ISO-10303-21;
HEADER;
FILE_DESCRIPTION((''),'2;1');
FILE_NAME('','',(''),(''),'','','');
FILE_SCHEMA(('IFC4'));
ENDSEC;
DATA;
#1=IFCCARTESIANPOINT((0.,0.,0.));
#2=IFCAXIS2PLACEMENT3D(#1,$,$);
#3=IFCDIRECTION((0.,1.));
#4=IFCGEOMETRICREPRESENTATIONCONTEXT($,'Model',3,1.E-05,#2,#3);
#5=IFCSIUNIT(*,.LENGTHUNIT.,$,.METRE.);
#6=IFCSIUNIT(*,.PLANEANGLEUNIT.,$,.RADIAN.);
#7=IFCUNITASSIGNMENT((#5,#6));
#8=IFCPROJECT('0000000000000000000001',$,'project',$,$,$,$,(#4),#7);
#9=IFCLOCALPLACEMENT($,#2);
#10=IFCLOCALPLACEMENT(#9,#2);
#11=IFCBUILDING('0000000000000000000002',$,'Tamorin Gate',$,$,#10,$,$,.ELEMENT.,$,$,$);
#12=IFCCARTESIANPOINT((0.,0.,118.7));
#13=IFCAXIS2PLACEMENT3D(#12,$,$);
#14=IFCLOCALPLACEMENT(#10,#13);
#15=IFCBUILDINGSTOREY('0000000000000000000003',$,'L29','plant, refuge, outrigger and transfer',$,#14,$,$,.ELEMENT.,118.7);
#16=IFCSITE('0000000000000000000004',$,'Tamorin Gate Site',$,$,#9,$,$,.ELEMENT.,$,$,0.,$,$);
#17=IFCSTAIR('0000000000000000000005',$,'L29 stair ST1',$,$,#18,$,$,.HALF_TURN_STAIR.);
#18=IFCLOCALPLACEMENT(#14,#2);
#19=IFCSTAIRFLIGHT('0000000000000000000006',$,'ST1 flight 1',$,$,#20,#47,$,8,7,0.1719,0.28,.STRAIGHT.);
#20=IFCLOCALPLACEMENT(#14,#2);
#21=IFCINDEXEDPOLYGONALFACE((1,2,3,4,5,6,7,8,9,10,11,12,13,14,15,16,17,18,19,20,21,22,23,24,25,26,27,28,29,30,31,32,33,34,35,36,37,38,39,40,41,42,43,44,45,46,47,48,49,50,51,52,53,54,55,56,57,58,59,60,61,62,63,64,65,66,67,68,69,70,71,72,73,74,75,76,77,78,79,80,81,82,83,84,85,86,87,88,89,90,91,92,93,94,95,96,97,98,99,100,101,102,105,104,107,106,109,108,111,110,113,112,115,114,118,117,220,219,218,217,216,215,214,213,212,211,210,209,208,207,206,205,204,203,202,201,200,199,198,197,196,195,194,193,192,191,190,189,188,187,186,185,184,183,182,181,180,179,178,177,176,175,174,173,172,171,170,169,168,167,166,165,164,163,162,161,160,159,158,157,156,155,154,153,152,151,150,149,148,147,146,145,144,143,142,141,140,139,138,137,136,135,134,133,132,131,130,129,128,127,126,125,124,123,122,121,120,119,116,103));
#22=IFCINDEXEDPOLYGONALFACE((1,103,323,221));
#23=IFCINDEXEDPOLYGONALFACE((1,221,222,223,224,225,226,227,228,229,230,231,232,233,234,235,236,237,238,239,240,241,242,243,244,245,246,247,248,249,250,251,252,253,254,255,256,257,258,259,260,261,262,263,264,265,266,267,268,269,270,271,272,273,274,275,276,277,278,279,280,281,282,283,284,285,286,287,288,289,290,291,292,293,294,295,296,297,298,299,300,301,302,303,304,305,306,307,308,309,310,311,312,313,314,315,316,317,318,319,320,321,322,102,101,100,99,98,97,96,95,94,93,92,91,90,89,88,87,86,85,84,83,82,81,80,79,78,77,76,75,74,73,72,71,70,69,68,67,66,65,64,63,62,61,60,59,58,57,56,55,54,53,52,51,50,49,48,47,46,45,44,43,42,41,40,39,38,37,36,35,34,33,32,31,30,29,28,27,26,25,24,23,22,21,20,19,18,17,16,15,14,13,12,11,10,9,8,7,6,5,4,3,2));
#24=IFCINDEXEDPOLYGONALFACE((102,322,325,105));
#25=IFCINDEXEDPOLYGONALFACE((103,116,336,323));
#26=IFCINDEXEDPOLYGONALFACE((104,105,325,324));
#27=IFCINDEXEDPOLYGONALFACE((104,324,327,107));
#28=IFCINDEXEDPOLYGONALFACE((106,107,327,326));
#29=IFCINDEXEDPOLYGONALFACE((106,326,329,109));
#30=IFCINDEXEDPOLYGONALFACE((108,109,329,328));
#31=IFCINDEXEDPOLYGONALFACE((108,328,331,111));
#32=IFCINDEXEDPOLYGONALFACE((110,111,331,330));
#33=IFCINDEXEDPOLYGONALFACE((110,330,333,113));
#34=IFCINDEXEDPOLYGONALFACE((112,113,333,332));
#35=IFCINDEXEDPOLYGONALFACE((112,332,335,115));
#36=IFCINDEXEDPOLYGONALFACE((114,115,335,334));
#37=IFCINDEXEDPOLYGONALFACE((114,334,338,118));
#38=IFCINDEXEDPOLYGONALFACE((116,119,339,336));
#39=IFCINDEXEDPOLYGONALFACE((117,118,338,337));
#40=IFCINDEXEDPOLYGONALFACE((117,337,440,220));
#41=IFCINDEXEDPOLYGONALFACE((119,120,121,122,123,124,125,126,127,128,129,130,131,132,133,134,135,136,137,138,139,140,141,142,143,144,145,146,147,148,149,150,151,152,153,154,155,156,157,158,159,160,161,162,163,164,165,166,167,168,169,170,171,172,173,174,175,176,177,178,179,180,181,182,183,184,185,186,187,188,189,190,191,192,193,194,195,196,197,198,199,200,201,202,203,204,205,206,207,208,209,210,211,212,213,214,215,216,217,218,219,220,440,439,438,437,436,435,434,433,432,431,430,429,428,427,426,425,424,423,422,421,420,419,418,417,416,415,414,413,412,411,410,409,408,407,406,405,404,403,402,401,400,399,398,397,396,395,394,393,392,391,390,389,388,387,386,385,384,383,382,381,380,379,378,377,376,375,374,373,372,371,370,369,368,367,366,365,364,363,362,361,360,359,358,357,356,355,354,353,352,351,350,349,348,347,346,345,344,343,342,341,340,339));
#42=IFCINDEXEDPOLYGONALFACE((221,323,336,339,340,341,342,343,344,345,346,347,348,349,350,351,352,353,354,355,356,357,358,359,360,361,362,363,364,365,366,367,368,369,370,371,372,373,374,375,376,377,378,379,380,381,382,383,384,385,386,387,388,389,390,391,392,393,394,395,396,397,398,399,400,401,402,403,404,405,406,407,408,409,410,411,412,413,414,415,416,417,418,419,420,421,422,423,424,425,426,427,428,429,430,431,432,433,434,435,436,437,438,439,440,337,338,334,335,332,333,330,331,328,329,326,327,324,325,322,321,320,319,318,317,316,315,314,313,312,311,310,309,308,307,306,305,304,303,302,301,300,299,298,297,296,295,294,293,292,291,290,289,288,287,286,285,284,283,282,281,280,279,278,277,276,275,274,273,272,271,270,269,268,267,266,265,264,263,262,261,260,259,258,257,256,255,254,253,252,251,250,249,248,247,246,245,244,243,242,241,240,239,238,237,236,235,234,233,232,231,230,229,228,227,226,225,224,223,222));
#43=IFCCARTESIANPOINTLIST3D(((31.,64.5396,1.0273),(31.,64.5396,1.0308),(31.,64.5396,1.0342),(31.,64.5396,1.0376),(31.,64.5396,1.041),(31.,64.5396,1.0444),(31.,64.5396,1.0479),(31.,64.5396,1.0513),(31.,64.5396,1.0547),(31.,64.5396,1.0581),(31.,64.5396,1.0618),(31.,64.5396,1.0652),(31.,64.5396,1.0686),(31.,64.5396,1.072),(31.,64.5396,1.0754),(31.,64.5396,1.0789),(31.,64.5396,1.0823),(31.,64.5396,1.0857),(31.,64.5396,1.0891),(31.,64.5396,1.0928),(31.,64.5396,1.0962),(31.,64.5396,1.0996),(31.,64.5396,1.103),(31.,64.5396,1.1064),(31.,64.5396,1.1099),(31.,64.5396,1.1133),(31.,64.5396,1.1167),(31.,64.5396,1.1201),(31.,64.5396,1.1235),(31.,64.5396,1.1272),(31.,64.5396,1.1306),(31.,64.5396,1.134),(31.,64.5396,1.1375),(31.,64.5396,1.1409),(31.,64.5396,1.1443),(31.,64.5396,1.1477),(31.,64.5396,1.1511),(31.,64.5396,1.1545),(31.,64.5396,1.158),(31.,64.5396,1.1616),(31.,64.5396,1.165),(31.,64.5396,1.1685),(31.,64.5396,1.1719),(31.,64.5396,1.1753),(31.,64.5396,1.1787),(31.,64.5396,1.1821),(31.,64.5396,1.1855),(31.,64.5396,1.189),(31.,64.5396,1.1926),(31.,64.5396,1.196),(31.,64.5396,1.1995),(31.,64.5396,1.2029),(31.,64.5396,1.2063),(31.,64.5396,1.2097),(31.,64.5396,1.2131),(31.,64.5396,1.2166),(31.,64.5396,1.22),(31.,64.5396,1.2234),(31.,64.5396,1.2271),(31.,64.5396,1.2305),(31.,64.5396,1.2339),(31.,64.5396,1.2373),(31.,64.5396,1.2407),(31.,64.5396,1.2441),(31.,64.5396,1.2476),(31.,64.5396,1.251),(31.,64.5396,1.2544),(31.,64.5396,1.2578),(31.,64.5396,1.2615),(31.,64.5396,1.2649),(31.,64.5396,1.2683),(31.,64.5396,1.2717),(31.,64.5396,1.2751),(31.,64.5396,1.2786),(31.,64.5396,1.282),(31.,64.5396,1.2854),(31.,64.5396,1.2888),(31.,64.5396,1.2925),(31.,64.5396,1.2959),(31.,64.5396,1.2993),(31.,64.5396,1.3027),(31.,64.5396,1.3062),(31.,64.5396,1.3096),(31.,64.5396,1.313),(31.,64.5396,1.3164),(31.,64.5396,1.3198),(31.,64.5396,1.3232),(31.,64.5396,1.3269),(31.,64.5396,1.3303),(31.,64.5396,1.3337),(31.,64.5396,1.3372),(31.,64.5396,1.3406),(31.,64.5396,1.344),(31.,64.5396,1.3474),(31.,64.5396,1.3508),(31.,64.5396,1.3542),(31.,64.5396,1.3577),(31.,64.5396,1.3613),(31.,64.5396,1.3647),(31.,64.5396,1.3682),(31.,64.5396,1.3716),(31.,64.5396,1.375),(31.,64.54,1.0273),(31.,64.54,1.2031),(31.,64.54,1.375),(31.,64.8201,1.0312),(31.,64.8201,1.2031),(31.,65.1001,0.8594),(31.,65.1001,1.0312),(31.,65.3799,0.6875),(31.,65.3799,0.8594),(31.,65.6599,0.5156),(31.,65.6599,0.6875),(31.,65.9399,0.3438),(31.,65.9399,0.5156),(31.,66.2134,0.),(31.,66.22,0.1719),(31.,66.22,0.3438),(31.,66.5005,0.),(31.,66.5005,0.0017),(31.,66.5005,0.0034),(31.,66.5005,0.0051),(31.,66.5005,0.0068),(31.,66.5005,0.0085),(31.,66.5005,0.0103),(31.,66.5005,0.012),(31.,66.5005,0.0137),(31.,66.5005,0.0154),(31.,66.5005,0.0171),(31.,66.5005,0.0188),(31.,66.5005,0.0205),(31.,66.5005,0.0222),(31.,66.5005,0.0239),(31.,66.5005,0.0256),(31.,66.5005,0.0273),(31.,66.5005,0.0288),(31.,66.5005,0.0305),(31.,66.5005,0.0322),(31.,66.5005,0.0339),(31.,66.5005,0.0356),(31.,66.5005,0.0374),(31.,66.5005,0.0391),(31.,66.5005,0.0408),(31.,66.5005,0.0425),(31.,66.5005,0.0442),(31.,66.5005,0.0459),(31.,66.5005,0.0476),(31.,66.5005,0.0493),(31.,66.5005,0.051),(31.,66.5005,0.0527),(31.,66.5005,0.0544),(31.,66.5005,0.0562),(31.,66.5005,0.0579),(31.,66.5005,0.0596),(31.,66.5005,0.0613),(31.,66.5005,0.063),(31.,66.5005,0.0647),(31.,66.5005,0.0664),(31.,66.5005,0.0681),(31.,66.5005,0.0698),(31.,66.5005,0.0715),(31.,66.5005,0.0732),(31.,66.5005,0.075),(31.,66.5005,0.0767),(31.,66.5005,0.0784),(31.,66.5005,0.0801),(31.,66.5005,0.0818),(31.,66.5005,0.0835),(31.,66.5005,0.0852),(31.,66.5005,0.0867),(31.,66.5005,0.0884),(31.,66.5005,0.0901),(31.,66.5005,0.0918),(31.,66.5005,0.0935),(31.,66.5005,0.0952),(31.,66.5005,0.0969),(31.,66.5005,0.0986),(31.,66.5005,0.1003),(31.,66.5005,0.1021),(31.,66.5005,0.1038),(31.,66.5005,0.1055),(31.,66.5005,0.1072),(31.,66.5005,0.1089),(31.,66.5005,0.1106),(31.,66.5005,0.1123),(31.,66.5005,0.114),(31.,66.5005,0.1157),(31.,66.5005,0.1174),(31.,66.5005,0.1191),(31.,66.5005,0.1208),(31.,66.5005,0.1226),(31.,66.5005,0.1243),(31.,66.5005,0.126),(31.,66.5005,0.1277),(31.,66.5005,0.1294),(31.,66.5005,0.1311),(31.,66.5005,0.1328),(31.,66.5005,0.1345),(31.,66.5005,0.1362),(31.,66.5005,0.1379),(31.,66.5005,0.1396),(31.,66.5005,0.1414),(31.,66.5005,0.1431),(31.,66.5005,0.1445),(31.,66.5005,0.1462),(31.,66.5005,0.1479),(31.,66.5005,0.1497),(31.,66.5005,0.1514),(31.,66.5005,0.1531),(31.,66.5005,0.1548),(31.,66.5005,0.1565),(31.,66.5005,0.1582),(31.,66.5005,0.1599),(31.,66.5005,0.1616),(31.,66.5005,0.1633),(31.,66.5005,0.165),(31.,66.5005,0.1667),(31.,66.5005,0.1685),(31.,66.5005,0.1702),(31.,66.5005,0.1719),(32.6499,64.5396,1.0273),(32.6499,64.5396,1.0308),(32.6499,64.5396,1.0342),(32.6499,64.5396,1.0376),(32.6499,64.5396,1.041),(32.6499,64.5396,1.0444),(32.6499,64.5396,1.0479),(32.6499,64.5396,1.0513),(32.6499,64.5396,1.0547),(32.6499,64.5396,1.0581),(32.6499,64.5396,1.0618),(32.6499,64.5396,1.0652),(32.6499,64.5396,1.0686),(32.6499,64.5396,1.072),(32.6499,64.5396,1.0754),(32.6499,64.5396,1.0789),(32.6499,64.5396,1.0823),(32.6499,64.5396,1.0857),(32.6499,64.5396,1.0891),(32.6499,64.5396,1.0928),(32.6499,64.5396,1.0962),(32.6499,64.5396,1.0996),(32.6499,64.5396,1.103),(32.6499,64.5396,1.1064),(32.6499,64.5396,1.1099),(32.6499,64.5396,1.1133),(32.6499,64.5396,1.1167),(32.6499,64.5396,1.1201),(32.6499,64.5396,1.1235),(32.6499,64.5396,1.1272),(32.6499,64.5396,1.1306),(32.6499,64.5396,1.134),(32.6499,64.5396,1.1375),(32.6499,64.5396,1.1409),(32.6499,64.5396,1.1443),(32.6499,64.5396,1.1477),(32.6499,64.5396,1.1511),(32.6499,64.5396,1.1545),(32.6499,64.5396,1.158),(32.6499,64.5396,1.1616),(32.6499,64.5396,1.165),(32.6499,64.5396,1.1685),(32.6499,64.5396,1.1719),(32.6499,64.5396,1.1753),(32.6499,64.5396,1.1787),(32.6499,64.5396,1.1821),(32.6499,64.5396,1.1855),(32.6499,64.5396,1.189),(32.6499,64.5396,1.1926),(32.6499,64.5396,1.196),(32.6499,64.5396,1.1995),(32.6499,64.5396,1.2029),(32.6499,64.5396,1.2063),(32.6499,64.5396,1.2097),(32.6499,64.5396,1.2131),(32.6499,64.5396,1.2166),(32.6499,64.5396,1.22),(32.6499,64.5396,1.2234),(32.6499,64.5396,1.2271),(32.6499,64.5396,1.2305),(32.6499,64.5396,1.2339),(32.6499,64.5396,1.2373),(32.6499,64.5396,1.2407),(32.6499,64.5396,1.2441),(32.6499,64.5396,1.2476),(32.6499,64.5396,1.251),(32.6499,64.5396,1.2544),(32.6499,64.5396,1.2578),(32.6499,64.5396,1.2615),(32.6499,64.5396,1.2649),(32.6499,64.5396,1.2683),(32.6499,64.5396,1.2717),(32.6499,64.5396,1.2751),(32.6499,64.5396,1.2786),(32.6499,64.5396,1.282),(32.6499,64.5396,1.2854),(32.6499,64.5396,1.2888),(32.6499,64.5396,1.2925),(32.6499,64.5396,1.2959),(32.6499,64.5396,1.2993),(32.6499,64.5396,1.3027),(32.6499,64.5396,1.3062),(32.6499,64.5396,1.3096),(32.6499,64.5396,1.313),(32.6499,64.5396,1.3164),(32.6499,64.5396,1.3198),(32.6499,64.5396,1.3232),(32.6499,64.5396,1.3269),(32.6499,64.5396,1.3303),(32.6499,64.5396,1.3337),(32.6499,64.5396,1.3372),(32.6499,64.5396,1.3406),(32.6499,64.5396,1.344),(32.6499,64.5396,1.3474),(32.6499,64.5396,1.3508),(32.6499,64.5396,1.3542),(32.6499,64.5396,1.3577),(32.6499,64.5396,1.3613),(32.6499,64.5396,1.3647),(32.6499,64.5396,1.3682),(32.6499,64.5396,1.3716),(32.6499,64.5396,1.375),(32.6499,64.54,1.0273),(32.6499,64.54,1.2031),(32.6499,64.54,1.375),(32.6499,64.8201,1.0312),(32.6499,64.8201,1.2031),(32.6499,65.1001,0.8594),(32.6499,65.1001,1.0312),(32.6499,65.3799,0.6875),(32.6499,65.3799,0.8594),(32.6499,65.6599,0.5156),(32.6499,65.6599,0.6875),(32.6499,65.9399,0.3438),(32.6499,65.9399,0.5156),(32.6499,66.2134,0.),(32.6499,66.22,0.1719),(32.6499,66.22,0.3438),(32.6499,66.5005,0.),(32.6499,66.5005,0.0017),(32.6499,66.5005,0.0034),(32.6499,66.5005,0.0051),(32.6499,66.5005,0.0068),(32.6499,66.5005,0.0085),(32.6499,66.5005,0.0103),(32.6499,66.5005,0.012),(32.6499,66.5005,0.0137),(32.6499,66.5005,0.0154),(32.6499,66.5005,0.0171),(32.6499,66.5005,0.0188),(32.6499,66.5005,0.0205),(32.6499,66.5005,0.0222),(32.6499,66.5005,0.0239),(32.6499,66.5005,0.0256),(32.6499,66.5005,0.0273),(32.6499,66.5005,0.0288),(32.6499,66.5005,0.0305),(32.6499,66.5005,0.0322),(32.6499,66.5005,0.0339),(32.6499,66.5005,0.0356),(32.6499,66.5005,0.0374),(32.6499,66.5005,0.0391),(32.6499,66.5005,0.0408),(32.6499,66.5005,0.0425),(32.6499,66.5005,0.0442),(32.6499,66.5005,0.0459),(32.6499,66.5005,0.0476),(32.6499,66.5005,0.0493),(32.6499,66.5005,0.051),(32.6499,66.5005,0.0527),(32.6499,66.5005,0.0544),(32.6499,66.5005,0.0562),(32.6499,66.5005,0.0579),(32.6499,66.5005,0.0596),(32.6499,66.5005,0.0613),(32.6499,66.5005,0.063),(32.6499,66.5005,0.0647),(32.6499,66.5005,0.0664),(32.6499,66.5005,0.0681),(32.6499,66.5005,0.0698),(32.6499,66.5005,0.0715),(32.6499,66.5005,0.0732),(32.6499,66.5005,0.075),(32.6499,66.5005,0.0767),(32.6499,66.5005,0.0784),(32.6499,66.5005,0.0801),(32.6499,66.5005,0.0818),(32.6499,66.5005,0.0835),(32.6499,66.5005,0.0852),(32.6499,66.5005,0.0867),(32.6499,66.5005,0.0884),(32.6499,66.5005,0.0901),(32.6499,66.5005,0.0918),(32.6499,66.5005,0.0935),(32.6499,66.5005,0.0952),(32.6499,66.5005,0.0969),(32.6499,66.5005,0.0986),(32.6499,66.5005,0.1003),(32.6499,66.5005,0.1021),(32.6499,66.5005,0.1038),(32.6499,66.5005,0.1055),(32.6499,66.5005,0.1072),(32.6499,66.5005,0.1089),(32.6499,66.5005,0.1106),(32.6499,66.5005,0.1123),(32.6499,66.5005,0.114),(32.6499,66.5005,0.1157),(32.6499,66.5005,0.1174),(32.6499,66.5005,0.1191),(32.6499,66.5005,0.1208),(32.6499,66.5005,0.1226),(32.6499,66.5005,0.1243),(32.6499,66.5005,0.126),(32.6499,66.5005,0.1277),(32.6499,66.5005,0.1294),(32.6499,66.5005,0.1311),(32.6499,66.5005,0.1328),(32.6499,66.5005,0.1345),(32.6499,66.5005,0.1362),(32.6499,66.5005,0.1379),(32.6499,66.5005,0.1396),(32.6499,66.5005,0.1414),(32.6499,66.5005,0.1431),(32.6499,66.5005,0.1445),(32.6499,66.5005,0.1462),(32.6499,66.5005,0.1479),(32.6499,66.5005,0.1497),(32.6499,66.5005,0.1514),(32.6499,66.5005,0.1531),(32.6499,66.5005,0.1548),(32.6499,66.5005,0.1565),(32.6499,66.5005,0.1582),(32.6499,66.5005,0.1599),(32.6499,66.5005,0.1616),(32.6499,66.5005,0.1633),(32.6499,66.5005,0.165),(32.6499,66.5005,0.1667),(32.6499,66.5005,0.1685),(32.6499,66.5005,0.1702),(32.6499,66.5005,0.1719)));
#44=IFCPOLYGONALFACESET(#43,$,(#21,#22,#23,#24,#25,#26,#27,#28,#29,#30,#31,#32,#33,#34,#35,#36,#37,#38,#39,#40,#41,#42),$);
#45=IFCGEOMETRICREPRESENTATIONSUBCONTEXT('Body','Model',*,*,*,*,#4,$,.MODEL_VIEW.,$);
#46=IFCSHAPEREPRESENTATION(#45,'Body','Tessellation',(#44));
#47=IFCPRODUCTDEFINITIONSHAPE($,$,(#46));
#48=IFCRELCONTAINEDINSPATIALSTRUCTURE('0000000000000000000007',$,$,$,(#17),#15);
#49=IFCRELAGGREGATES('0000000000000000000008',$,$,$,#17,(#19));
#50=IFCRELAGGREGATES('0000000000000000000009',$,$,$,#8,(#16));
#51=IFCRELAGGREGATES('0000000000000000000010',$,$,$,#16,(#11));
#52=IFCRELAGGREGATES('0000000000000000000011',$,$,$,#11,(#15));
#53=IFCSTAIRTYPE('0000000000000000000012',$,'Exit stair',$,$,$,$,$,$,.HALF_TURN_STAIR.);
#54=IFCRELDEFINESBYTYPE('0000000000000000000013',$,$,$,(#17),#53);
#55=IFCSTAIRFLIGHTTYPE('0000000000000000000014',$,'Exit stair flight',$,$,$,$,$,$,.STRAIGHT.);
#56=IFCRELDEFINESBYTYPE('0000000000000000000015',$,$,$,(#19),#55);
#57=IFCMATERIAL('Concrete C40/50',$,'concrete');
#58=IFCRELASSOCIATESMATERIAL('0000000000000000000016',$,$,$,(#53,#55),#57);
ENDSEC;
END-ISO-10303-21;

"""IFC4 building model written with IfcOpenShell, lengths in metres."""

from ifc_helpers import new_model, si_unit, direction, frame, origin, place, context, subcontext, project, spatial, polyline, outline, extrude, material, type_object, element, aggregate, save


model = new_model("IFC4")

# Units and contexts
model_context = context("Model", 3, precision=1e-05, world=origin(), true_north=direction((0.0, 1.0)))
body_context = subcontext(model_context, "Body", "Model", "MODEL_VIEW")
ifc_project = project(units=[si_unit("LENGTHUNIT", "METRE"), si_unit("PLANEANGLEUNIT", "RADIAN")], contexts=[model_context])

# Site, building, storey
site_placement = place(None, origin())
site = spatial("IfcSite", under=ifc_project, at=site_placement, Name="Tamorin Gate Site", CompositionType="ELEMENT", RefElevation=0.0)
building_placement = place(site_placement, origin())
building = spatial("IfcBuilding", under=site, at=building_placement, Name="Tamorin Gate", CompositionType="ELEMENT")
storey_placement = place(building_placement, frame((0.0, 0.0, 118.7)))
storey = spatial("IfcBuildingStorey", under=building, at=storey_placement, Name="L29", Description="plant, refuge, outrigger and transfer", CompositionType="ELEMENT", Elevation=118.7)

# Stair, stair flight
ifc_material_1 = material(Name="Concrete C40/50", Category="concrete")
stair_type = type_object("IfcStairType", Name="Exit stair", PredefinedType="HALF_TURN_STAIR", material=ifc_material_1)
stair_placement = place(storey_placement, origin())
stair = element("IfcStair", 1, at=stair_placement, inside=storey, type_object=stair_type, Name="L29 stair ST1", PredefinedType="HALF_TURN_STAIR")
stair_flight_type = type_object("IfcStairFlightType", Name="Exit stair flight", PredefinedType="STRAIGHT", material=ifc_material_1)
stair_flight_1_placement = place(storey_placement, frame((31.825, 66.5, 0.0), z_axis=(0.0, 0.0, 1.0), x_axis=(0.0, -1.0, 0.0)))
stair_flight_1 = element("IfcStairFlight", 2, at=stair_flight_1_placement, type_object=stair_flight_type, Name="ST1 flight 1", NumberOfRisers=8, NumberOfTreads=7, PredefinedType="STRAIGHT", RiserHeight=0.1719, TreadLength=0.28, context=body_context, shape_type="SweptSolid", body=[
    extrude(outline(polyline([(-0.0005, 0.0), (-0.0005, 0.0017), (-0.0005, 0.0034), (-0.0005, 0.0051), (-0.0005, 0.0068), (-0.0005, 0.0085), (-0.0005, 0.0103), (-0.0005, 0.012), (-0.0005, 0.0137), (-0.0005, 0.0154), (-0.0005, 0.0171), (-0.0005, 0.0188), (-0.0005, 0.0205), (-0.0005, 0.0222), (-0.0005, 0.0239), (-0.0005, 0.0256), (-0.0005, 0.0273), (-0.0005, 0.0288), (-0.0005, 0.0305), (-0.0005, 0.0322), (-0.0005, 0.0339), (-0.0005, 0.0356), (-0.0005, 0.0374), (-0.0005, 0.0391), (-0.0005, 0.0408), (-0.0005, 0.0425), (-0.0005, 0.0442), (-0.0005, 0.0459), (-0.0005, 0.0476), (-0.0005, 0.0493), (-0.0005, 0.051), (-0.0005, 0.0527), (-0.0005, 0.0544), (-0.0005, 0.0562), (-0.0005, 0.0579), (-0.0005, 0.0596), (-0.0005, 0.0613), (-0.0005, 0.063), (-0.0005, 0.0647), (-0.0005, 0.0664), (-0.0005, 0.0681), (-0.0005, 0.0698), (-0.0005, 0.0715), (-0.0005, 0.0732), (-0.0005, 0.075), (-0.0005, 0.0767), (-0.0005, 0.0784), (-0.0005, 0.0801), (-0.0005, 0.0818), (-0.0005, 0.0835), (-0.0005, 0.0852), (-0.0005, 0.0867), (-0.0005, 0.0884), (-0.0005, 0.0901), (-0.0005, 0.0918), (-0.0005, 0.0935), (-0.0005, 0.0952), (-0.0005, 0.0969), (-0.0005, 0.0986), (-0.0005, 0.1003), (-0.0005, 0.1021), (-0.0005, 0.1038), (-0.0005, 0.1055), (-0.0005, 0.1072), (-0.0005, 0.1089), (-0.0005, 0.1106), (-0.0005, 0.1123), (-0.0005, 0.114), (-0.0005, 0.1157), (-0.0005, 0.1174), (-0.0005, 0.1191), (-0.0005, 0.1208), (-0.0005, 0.1226), (-0.0005, 0.1243), (-0.0005, 0.126), (-0.0005, 0.1277), (-0.0005, 0.1294), (-0.0005, 0.1311), (-0.0005, 0.1328), (-0.0005, 0.1345), (-0.0005, 0.1362), (-0.0005, 0.1379), (-0.0005, 0.1396), (-0.0005, 0.1414), (-0.0005, 0.1431), (-0.0005, 0.1445), (-0.0005, 0.1462), (-0.0005, 0.1479), (-0.0005, 0.1497), (-0.0005, 0.1514), (-0.0005, 0.1531), (-0.0005, 0.1548), (-0.0005, 0.1565), (-0.0005, 0.1582), (-0.0005, 0.1599), (-0.0005, 0.1616), (-0.0005, 0.1633), (-0.0005, 0.165), (-0.0005, 0.1667), (-0.0005, 0.1685), (-0.0005, 0.1702), (-0.0005, 0.1719), (0.28, 0.1719), (0.28, 0.3438), (0.5601, 0.3438), (0.5601, 0.5156), (0.8401, 0.5156), (0.8401, 0.6875), (1.1201, 0.6875), (1.1201, 0.8594), (1.3999, 0.8594), (1.3999, 1.0312), (1.6799, 1.0312), (1.6799, 1.2031), (1.96, 1.2031), (1.96, 1.375), (1.9604, 1.375), (1.9604, 1.3716), (1.9604, 1.3682), (1.9604, 1.3647), (1.9604, 1.3613), (1.9604, 1.3577), (1.9604, 1.3542), (1.9604, 1.3508), (1.9604, 1.3474), (1.9604, 1.344), (1.9604, 1.3406), (1.9604, 1.3372), (1.9604, 1.3337), (1.9604, 1.3303), (1.9604, 1.3269), (1.9604, 1.3232), (1.9604, 1.3198), (1.9604, 1.3164), (1.9604, 1.313), (1.9604, 1.3096), (1.9604, 1.3062), (1.9604, 1.3027), (1.9604, 1.2993), (1.9604, 1.2959), (1.9604, 1.2925), (1.9604, 1.2888), (1.9604, 1.2854), (1.9604, 1.282), (1.9604, 1.2786), (1.9604, 1.2751), (1.9604, 1.2717), (1.9604, 1.2683), (1.9604, 1.2649), (1.9604, 1.2615), (1.9604, 1.2578), (1.9604, 1.2544), (1.9604, 1.251), (1.9604, 1.2476), (1.9604, 1.2441), (1.9604, 1.2407), (1.9604, 1.2373), (1.9604, 1.2339), (1.9604, 1.2305), (1.9604, 1.2271), (1.9604, 1.2234), (1.9604, 1.22), (1.9604, 1.2166), (1.9604, 1.2131), (1.9604, 1.2097), (1.9604, 1.2063), (1.9604, 1.2029), (1.9604, 1.1995), (1.9604, 1.196), (1.9604, 1.1926), (1.9604, 1.189), (1.9604, 1.1855), (1.9604, 1.1821), (1.9604, 1.1787), (1.9604, 1.1753), (1.9604, 1.1719), (1.9604, 1.1685), (1.9604, 1.165), (1.9604, 1.1616), (1.9604, 1.158), (1.9604, 1.1545), (1.9604, 1.1511), (1.9604, 1.1477), (1.9604, 1.1443), (1.9604, 1.1409), (1.9604, 1.1375), (1.9604, 1.134), (1.9604, 1.1306), (1.9604, 1.1272), (1.9604, 1.1235), (1.9604, 1.1201), (1.9604, 1.1167), (1.9604, 1.1133), (1.9604, 1.1099), (1.9604, 1.1064), (1.9604, 1.103), (1.9604, 1.0996), (1.9604, 1.0962), (1.9604, 1.0928), (1.9604, 1.0891), (1.9604, 1.0857), (1.9604, 1.0823), (1.9604, 1.0789), (1.9604, 1.0754), (1.9604, 1.072), (1.9604, 1.0686), (1.9604, 1.0652), (1.9604, 1.0618), (1.9604, 1.0581), (1.9604, 1.0547), (1.9604, 1.0513), (1.9604, 1.0479), (1.9604, 1.0444), (1.9604, 1.041), (1.9604, 1.0376), (1.9604, 1.0342), (1.9604, 1.0308), (1.9604, 1.0273), (1.96, 1.0273), (0.2866, 0.0), (-0.0005, 0.0)])), frame((0.0, 0.825, 0.0), z_axis=(0.0, -1.0, 0.0), x_axis=(1.0, 0.0, 0.0)), (0.0, 0.0, 1.0), 1.6499),
])
aggregate(stair, [stair_flight_1])

save(model, "model.ifc")
